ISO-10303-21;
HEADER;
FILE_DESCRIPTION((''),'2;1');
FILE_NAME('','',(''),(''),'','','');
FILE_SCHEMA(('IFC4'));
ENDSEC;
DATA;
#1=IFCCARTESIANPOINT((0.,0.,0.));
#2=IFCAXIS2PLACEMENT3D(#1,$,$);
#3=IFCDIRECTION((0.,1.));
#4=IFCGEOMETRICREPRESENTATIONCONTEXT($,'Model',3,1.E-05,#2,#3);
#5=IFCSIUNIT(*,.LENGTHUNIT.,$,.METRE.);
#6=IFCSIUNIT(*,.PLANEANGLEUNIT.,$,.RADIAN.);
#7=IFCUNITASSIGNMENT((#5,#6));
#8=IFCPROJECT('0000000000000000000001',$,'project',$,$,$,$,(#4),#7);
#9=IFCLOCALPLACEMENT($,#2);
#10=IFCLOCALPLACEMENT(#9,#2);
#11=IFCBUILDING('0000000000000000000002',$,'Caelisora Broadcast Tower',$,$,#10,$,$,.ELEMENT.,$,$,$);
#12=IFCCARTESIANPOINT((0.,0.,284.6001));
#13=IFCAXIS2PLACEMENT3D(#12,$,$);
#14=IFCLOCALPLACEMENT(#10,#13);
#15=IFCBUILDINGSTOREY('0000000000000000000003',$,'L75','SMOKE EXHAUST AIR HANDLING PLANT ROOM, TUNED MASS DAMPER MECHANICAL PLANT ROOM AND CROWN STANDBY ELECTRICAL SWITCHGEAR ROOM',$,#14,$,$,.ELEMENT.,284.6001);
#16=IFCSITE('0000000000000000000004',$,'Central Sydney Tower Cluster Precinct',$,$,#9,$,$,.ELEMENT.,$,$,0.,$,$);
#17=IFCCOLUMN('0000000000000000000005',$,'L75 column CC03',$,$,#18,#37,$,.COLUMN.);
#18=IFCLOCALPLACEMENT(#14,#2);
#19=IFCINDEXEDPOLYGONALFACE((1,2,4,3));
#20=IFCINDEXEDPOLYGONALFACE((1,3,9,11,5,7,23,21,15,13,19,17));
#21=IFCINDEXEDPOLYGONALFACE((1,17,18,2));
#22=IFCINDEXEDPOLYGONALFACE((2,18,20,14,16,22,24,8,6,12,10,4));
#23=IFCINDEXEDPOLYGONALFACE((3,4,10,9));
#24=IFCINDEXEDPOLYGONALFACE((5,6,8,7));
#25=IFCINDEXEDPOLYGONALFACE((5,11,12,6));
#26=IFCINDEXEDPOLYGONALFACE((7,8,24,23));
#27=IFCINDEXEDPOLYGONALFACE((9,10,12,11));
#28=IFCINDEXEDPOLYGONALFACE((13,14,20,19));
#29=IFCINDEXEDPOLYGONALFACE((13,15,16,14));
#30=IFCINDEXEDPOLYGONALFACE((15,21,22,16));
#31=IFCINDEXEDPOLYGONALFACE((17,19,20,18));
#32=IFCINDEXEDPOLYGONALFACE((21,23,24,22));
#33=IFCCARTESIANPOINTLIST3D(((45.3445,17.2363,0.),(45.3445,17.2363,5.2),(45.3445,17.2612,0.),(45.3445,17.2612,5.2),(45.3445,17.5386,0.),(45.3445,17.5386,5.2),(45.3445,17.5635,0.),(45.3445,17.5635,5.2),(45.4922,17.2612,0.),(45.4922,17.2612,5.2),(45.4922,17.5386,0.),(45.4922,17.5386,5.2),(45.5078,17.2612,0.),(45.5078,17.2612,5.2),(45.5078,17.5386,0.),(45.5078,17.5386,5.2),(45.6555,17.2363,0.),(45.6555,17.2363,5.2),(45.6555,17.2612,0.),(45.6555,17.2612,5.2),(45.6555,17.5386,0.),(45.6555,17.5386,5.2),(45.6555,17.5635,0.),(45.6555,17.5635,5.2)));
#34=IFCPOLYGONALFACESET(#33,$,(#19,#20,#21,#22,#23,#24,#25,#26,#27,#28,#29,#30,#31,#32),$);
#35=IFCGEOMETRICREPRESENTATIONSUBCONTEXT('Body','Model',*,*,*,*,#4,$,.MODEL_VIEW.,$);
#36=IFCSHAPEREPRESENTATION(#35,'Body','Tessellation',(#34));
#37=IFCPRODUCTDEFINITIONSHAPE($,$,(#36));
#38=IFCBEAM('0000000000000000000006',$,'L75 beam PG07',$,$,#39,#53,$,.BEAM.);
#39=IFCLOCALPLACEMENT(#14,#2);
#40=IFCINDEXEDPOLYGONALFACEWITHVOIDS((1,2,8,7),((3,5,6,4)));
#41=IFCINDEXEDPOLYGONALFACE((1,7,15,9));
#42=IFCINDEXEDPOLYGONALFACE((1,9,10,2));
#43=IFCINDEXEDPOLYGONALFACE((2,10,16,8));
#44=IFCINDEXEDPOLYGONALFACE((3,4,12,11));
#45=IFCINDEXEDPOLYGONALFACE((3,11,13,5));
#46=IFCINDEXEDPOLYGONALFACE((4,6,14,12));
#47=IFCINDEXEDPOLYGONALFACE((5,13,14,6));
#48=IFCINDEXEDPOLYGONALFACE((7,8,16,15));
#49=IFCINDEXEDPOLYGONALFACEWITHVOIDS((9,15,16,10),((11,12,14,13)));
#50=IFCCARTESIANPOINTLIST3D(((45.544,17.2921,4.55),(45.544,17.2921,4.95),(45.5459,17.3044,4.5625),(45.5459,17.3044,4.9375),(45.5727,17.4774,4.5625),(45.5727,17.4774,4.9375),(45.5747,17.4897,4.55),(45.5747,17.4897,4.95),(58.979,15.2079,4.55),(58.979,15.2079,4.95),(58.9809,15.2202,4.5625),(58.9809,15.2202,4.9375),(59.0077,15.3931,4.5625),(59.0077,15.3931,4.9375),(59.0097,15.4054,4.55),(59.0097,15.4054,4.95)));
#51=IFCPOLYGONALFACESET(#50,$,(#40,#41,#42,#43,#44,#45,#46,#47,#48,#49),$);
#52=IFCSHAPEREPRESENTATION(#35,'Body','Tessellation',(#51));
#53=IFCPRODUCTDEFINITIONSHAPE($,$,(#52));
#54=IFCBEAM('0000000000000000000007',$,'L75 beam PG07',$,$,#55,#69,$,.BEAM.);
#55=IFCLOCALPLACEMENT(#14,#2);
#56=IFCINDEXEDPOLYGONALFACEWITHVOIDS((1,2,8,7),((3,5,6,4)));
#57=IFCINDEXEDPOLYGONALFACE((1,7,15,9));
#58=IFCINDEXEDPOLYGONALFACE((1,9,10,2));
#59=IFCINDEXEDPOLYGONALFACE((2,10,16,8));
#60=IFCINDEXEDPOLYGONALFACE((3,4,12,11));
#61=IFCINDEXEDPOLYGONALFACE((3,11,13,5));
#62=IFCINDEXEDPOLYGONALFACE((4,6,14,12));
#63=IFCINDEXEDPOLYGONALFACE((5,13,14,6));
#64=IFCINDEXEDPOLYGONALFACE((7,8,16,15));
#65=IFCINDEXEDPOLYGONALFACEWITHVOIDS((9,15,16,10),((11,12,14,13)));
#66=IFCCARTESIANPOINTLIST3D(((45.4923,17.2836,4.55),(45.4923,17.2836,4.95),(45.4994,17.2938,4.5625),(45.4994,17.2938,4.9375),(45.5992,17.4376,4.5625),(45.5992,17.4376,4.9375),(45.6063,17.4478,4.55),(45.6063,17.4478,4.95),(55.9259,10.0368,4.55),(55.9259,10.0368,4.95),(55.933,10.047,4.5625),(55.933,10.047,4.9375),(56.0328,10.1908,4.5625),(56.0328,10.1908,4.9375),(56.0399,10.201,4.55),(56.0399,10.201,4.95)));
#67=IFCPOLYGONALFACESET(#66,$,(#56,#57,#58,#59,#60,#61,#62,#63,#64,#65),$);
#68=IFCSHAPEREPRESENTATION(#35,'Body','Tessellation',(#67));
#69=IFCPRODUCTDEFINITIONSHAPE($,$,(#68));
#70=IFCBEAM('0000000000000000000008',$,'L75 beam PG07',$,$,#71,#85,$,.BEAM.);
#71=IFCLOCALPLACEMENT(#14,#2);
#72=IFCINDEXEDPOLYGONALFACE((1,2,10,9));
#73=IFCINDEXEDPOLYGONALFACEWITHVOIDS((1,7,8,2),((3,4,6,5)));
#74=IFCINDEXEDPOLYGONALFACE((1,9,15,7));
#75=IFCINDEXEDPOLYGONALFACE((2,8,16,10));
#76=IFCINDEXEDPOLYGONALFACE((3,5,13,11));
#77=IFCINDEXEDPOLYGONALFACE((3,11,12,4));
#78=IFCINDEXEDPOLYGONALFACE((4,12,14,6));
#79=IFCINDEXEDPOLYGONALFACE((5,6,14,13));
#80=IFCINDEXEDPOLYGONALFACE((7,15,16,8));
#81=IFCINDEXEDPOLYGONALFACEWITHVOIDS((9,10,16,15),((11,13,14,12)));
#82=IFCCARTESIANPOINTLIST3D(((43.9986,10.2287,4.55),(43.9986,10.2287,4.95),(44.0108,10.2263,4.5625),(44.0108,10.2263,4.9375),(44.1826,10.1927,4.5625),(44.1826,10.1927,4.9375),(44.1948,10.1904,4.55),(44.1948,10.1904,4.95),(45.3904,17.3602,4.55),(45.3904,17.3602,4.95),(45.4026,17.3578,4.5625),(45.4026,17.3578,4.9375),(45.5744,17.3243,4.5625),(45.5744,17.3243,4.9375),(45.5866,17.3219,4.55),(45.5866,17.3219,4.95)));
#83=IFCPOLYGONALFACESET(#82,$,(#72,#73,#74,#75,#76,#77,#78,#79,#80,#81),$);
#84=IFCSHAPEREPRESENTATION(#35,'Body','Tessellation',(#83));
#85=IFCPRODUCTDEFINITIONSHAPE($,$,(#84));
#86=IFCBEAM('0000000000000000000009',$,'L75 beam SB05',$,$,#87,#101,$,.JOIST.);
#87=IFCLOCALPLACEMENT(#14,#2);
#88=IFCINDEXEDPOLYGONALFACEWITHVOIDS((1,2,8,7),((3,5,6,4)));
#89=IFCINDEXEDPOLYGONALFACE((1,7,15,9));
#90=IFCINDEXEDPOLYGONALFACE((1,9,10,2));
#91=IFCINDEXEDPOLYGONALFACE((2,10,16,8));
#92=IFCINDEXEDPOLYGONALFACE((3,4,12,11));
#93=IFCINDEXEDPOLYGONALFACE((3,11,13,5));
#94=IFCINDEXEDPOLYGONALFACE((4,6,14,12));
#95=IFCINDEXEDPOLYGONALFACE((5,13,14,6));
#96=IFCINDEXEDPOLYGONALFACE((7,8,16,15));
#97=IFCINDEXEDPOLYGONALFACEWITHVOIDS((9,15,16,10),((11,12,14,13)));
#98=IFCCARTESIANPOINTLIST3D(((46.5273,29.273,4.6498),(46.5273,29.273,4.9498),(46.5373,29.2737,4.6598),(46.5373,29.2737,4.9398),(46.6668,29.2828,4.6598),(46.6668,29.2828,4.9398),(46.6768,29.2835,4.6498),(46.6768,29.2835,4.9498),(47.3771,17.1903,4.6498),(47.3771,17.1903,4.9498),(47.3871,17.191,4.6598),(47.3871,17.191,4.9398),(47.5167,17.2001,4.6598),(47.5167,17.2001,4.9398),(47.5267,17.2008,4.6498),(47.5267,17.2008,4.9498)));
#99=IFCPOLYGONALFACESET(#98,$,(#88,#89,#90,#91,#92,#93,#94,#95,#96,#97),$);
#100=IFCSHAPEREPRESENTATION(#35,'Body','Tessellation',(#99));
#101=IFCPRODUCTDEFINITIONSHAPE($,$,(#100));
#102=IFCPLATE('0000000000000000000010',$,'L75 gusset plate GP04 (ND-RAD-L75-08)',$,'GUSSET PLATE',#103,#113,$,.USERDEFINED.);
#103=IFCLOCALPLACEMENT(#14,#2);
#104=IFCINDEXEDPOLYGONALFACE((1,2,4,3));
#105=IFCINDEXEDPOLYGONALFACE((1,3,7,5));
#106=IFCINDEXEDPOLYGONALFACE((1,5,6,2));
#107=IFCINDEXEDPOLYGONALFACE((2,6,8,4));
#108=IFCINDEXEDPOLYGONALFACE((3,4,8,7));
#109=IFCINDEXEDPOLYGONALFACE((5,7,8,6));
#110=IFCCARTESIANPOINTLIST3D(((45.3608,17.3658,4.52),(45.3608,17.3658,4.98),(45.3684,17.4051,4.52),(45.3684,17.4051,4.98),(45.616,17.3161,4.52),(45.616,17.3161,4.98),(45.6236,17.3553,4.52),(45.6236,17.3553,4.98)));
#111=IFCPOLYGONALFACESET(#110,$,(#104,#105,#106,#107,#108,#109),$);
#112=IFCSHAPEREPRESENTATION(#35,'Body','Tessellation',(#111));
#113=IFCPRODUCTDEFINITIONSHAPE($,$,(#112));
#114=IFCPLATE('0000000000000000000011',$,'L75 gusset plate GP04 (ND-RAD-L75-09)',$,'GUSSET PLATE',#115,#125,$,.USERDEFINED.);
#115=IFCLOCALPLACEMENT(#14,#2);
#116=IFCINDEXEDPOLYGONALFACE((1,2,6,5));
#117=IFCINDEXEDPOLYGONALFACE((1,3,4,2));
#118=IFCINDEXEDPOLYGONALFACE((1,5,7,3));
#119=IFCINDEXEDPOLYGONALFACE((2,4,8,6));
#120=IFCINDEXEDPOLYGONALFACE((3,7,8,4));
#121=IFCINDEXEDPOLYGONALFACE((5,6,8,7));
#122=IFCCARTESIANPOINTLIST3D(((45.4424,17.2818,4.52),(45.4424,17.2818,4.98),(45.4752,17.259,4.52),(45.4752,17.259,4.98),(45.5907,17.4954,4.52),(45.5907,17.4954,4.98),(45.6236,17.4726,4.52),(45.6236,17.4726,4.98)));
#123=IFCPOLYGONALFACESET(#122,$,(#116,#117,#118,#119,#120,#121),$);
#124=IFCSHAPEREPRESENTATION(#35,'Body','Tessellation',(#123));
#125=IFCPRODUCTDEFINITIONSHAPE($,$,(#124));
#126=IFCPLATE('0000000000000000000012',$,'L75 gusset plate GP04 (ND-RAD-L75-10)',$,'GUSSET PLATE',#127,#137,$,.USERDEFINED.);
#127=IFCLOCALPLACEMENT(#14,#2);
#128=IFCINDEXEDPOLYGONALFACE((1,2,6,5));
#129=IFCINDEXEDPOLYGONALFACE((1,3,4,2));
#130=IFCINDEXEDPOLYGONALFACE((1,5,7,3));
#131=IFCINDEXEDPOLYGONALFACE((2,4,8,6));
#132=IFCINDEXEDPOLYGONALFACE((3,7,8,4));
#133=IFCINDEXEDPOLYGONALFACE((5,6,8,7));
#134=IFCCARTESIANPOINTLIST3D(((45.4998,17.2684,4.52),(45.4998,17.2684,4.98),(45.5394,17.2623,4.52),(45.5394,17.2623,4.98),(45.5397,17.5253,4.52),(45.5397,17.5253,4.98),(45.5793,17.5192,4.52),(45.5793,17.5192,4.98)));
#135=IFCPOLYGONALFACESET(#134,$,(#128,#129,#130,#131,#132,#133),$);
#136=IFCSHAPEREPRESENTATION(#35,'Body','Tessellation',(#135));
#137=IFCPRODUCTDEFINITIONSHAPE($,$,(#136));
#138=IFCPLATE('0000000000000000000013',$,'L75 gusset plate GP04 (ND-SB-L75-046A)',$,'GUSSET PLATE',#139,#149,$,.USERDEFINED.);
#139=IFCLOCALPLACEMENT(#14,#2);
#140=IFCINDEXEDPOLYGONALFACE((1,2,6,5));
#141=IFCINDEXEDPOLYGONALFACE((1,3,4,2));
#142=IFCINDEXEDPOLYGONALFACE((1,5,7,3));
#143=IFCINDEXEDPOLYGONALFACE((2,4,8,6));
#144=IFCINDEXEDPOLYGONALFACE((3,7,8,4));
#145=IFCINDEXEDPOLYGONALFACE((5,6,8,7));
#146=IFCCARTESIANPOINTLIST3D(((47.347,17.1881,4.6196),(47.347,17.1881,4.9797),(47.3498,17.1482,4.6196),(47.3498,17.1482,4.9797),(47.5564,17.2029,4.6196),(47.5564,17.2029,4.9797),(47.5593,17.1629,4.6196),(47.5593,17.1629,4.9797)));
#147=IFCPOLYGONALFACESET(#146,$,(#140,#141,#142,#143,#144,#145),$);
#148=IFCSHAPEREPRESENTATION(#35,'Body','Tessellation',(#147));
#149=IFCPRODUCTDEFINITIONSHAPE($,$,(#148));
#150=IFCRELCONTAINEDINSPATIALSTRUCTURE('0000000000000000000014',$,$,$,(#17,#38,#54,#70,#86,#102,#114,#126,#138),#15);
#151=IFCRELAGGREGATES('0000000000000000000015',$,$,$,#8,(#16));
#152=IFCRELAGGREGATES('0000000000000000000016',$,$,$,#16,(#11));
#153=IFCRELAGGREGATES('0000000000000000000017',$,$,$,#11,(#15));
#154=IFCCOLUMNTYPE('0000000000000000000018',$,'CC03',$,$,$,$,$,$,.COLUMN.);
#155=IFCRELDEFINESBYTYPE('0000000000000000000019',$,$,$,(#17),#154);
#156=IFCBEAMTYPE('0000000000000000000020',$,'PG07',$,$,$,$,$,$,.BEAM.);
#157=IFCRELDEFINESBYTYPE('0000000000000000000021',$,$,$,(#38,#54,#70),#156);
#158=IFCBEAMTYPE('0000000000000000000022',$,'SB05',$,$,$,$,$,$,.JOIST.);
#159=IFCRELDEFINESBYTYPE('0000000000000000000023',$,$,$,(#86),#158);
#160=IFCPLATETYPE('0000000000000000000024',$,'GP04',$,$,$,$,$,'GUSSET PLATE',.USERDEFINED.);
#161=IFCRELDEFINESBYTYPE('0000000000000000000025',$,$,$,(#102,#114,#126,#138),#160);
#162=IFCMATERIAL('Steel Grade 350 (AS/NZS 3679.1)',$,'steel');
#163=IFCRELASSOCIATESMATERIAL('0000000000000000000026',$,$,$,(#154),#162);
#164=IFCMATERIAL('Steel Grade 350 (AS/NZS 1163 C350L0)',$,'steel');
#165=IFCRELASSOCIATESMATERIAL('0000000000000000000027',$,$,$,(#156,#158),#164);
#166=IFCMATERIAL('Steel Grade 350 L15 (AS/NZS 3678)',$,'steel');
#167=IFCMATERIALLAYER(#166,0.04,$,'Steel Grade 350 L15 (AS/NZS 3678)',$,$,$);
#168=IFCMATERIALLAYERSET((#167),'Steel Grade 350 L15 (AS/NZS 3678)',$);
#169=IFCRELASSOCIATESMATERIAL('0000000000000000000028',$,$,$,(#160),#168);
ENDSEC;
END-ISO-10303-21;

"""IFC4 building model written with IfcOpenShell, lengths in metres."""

from ifc_helpers import new_model, si_unit, direction, frame, origin, origin_2d, place, context, subcontext, project, spatial, rectangle, hollow_rectangle, i_section, extrude, source, transform, mapped, material, layer, layer_set, material_profile, profile_set, type_object, type_shapes, element, save


model = new_model("IFC4")

# Units and contexts
model_context = context("Model", 3, precision=1e-05, world=origin(), true_north=direction((0.0, 1.0)))
body_context = subcontext(model_context, "Body", "Model", "MODEL_VIEW")
ifc_project = project(units=[si_unit("LENGTHUNIT", "METRE"), si_unit("PLANEANGLEUNIT", "RADIAN")], contexts=[model_context])

# Site, building, storey
site_placement = place(None, origin())
site = spatial("IfcSite", under=ifc_project, at=site_placement, Name="Central Sydney Tower Cluster Precinct", CompositionType="ELEMENT", RefElevation=0.0)
building_placement = place(site_placement, origin())
building = spatial("IfcBuilding", under=site, at=building_placement, Name="Caelisora Broadcast Tower", CompositionType="ELEMENT")
storey_placement = place(building_placement, frame((0.0, 0.0, 284.6001)))
storey = spatial("IfcBuildingStorey", under=building, at=storey_placement, Name="L75", Description="SMOKE EXHAUST AIR HANDLING PLANT ROOM, TUNED MASS DAMPER MECHANICAL PLANT ROOM AND CROWN STANDBY ELECTRICAL SWITCHGEAR ROOM", CompositionType="ELEMENT", Elevation=284.6001)

# Column
ifc_material_1 = material(Name="Steel Grade 350 (AS/NZS 3679.1)", Category="steel")
ifc_material_profile_1 = material_profile(ifc_material_1, i_section(OverallWidth=0.311, OverallDepth=0.3271, WebThickness=0.0156, FlangeThickness=0.0249, at=origin_2d()), Name="Steel Grade 350 (AS/NZS 3679.1)")
ifc_profile_set_1 = profile_set([ifc_material_profile_1], Name="Steel Grade 350 (AS/NZS 3679.1)")
column_type = type_object("IfcColumnType", Name="CC03", PredefinedType="COLUMN", material=ifc_profile_set_1)
shared_shape_1 = source(origin(), body_context, "Body", "SweptSolid", [
    extrude(i_section(OverallWidth=0.311, OverallDepth=0.3271, WebThickness=0.0156, FlangeThickness=0.0249, at=origin_2d()), origin(), (0.0, 0.0, 1.0), 5.2),
])
type_shapes(column_type, [shared_shape_1])
column_placement = place(storey_placement, frame((45.5, 17.3999, 0.0), z_axis=(0.0, 0.0, 1.0), x_axis=(1.0, 0.0, 0.0)))
element("IfcColumn", 1, at=column_placement, inside=storey, type_object=column_type, Name="L75 column CC03", PredefinedType="COLUMN", context=body_context, shape_type="MappedRepresentation", body=[
    mapped(shared_shape_1, transform((0.0, 0.0, 0.0), scale=1.0)),
])

# Beams
ifc_material_2 = material(Name="Steel Grade 350 (AS/NZS 1163 C350L0)", Category="steel")
ifc_material_profile_2 = material_profile(ifc_material_2, hollow_rectangle(XDim=0.2, YDim=0.3999, WallThickness=0.0125, at=origin_2d()), Name="Steel Grade 350 (AS/NZS 1163 C350L0)")
ifc_profile_set_2 = profile_set([ifc_material_profile_2], Name="Steel Grade 350 (AS/NZS 1163 C350L0)")
beam_type_1 = type_object("IfcBeamType", Name="PG07", PredefinedType="BEAM", material=ifc_profile_set_2)
shared_shape_2 = source(origin(), body_context, "Body", "SweptSolid", [
    extrude(hollow_rectangle(XDim=0.2, YDim=0.3999, WallThickness=0.0125, at=origin_2d()), origin(), (0.0, 0.0, 1.0), 13.5957),
])
beam_1_placement = place(storey_placement, frame((45.5593, 17.3909, 4.75), z_axis=(0.98818, -0.1533, 0.0), x_axis=(0.1533, 0.98818, 0.0)))
element("IfcBeam", 2, at=beam_1_placement, inside=storey, type_object=beam_type_1, Name="L75 beam PG07", PredefinedType="BEAM", context=body_context, shape_type="MappedRepresentation", body=[
    mapped(shared_shape_2, transform((0.0, 0.0, 0.0), scale=1.0)),
])
shared_shape_3 = source(origin(), body_context, "Body", "SweptSolid", [
    extrude(hollow_rectangle(XDim=0.2, YDim=0.3999, WallThickness=0.0125, at=origin_2d()), origin(), (0.0, 0.0, 1.0), 12.7034),
])
beam_2_placement = place(storey_placement, frame((45.5493, 17.3657, 4.75), z_axis=(0.821323, -0.570464, 0.0), x_axis=(0.570464, 0.821323, 0.0)))
element("IfcBeam", 3, at=beam_2_placement, inside=storey, type_object=beam_type_1, Name="L75 beam PG07", PredefinedType="BEAM", context=body_context, shape_type="MappedRepresentation", body=[
    mapped(shared_shape_3, transform((0.0, 0.0, 0.0), scale=1.0)),
])
shared_shape_4 = source(origin(), body_context, "Body", "SweptSolid", [
    extrude(hollow_rectangle(XDim=0.2, YDim=0.3999, WallThickness=0.0125, at=origin_2d()), origin(), (0.0, 0.0, 1.0), 7.2661),
])
type_shapes(beam_type_1, [shared_shape_2, shared_shape_3, shared_shape_4])
beam_3_placement = place(storey_placement, frame((45.4885, 17.3411, 4.75), z_axis=(-0.191552, -0.981482, 0.0), x_axis=(0.981482, -0.191552, 0.0)))
element("IfcBeam", 4, at=beam_3_placement, inside=storey, type_object=beam_type_1, Name="L75 beam PG07", PredefinedType="BEAM", context=body_context, shape_type="MappedRepresentation", body=[
    mapped(shared_shape_4, transform((0.0, 0.0, 0.0), scale=1.0)),
])
ifc_material_profile_3 = material_profile(ifc_material_2, hollow_rectangle(XDim=0.1499, YDim=0.3, WallThickness=0.01, at=origin_2d()), Name="Steel Grade 350 (AS/NZS 1163 C350L0)")
ifc_profile_set_3 = profile_set([ifc_material_profile_3], Name="Steel Grade 350 (AS/NZS 1163 C350L0)")
beam_type_2 = type_object("IfcBeamType", Name="SB05", PredefinedType="JOIST", material=ifc_profile_set_3)
shared_shape_5 = source(origin(), body_context, "Body", "SweptSolid", [
    extrude(hollow_rectangle(XDim=0.1499, YDim=0.3, WallThickness=0.01, at=origin_2d()), origin(), (0.0, 0.0, 1.0), 12.1125),
])
type_shapes(beam_type_2, [shared_shape_5])
beam_4_placement = place(storey_placement, frame((47.4519, 17.1956, 4.7998), z_axis=(-0.070163, 0.997536, 0.0), x_axis=(-0.997536, -0.070163, 0.0)))
element("IfcBeam", 5, at=beam_4_placement, inside=storey, type_object=beam_type_2, Name="L75 beam SB05", PredefinedType="JOIST", context=body_context, shape_type="MappedRepresentation", body=[
    mapped(shared_shape_5, transform((0.0, 0.0, 0.0), scale=1.0)),
])

# Plates
ifc_material_3 = material(Name="Steel Grade 350 L15 (AS/NZS 3678)", Category="steel")
ifc_layer_1 = layer(ifc_material_3, 0.04, Name="Steel Grade 350 L15 (AS/NZS 3678)")
ifc_layer_set_1 = layer_set([ifc_layer_1], Name="Steel Grade 350 L15 (AS/NZS 3678)")
plate_type = type_object("IfcPlateType", Name="GP04", ElementType="GUSSET PLATE", PredefinedType="USERDEFINED", material=ifc_layer_set_1)
shared_shape_6 = source(origin(), body_context, "Body", "SweptSolid", [
    extrude(rectangle(XDim=0.26, YDim=0.04, at=origin_2d()), origin(), (0.0, 0.0, 1.0), 0.46),
])
for number, where, z_axis, x_axis, name in (
    (6, (45.4922, 17.3606, 4.52), (0.0, 0.0, 1.0), (0.981494, -0.191494, 0.0), "L75 gusset plate GP04 (ND-RAD-L75-08)"),
    (7, (45.533, 17.3772, 4.52), (0.0, 0.0, 1.0), (0.570427, 0.821348, 0.0), "L75 gusset plate GP04 (ND-RAD-L75-09)"),
    (8, (45.5396, 17.3938, 4.52), (0.0, 0.0, 1.0), (0.153331, 0.988175, 0.0), "L75 gusset plate GP04 (ND-RAD-L75-10)"),
):
    element("IfcPlate", number, at=place(storey_placement, frame(where, z_axis=z_axis, x_axis=x_axis)), inside=storey, type_object=plate_type, Name=name, ObjectType="GUSSET PLATE", PredefinedType="USERDEFINED", context=body_context, shape_type="MappedRepresentation", body=[
        mapped(shared_shape_6, transform((0.0, 0.0, 0.0), scale=1.0)),
    ])
shared_shape_7 = source(origin(), body_context, "Body", "SweptSolid", [
    extrude(rectangle(XDim=0.21, YDim=0.04, at=origin_2d()), origin(), (0.0, 0.0, 1.0), 0.3601),
])
type_shapes(plate_type, [shared_shape_6, shared_shape_7])
plate_placement = place(storey_placement, frame((47.4531, 17.1755, 4.6196), z_axis=(0.0, 0.0, 1.0), x_axis=(-0.99754, -0.070105, 0.0)))
element("IfcPlate", 9, at=plate_placement, inside=storey, type_object=plate_type, Name="L75 gusset plate GP04 (ND-SB-L75-046A)", ObjectType="GUSSET PLATE", PredefinedType="USERDEFINED", context=body_context, shape_type="MappedRepresentation", body=[
    mapped(shared_shape_7, transform((0.0, 0.0, 0.0), scale=1.0)),
])

save(model, "model.ifc")
